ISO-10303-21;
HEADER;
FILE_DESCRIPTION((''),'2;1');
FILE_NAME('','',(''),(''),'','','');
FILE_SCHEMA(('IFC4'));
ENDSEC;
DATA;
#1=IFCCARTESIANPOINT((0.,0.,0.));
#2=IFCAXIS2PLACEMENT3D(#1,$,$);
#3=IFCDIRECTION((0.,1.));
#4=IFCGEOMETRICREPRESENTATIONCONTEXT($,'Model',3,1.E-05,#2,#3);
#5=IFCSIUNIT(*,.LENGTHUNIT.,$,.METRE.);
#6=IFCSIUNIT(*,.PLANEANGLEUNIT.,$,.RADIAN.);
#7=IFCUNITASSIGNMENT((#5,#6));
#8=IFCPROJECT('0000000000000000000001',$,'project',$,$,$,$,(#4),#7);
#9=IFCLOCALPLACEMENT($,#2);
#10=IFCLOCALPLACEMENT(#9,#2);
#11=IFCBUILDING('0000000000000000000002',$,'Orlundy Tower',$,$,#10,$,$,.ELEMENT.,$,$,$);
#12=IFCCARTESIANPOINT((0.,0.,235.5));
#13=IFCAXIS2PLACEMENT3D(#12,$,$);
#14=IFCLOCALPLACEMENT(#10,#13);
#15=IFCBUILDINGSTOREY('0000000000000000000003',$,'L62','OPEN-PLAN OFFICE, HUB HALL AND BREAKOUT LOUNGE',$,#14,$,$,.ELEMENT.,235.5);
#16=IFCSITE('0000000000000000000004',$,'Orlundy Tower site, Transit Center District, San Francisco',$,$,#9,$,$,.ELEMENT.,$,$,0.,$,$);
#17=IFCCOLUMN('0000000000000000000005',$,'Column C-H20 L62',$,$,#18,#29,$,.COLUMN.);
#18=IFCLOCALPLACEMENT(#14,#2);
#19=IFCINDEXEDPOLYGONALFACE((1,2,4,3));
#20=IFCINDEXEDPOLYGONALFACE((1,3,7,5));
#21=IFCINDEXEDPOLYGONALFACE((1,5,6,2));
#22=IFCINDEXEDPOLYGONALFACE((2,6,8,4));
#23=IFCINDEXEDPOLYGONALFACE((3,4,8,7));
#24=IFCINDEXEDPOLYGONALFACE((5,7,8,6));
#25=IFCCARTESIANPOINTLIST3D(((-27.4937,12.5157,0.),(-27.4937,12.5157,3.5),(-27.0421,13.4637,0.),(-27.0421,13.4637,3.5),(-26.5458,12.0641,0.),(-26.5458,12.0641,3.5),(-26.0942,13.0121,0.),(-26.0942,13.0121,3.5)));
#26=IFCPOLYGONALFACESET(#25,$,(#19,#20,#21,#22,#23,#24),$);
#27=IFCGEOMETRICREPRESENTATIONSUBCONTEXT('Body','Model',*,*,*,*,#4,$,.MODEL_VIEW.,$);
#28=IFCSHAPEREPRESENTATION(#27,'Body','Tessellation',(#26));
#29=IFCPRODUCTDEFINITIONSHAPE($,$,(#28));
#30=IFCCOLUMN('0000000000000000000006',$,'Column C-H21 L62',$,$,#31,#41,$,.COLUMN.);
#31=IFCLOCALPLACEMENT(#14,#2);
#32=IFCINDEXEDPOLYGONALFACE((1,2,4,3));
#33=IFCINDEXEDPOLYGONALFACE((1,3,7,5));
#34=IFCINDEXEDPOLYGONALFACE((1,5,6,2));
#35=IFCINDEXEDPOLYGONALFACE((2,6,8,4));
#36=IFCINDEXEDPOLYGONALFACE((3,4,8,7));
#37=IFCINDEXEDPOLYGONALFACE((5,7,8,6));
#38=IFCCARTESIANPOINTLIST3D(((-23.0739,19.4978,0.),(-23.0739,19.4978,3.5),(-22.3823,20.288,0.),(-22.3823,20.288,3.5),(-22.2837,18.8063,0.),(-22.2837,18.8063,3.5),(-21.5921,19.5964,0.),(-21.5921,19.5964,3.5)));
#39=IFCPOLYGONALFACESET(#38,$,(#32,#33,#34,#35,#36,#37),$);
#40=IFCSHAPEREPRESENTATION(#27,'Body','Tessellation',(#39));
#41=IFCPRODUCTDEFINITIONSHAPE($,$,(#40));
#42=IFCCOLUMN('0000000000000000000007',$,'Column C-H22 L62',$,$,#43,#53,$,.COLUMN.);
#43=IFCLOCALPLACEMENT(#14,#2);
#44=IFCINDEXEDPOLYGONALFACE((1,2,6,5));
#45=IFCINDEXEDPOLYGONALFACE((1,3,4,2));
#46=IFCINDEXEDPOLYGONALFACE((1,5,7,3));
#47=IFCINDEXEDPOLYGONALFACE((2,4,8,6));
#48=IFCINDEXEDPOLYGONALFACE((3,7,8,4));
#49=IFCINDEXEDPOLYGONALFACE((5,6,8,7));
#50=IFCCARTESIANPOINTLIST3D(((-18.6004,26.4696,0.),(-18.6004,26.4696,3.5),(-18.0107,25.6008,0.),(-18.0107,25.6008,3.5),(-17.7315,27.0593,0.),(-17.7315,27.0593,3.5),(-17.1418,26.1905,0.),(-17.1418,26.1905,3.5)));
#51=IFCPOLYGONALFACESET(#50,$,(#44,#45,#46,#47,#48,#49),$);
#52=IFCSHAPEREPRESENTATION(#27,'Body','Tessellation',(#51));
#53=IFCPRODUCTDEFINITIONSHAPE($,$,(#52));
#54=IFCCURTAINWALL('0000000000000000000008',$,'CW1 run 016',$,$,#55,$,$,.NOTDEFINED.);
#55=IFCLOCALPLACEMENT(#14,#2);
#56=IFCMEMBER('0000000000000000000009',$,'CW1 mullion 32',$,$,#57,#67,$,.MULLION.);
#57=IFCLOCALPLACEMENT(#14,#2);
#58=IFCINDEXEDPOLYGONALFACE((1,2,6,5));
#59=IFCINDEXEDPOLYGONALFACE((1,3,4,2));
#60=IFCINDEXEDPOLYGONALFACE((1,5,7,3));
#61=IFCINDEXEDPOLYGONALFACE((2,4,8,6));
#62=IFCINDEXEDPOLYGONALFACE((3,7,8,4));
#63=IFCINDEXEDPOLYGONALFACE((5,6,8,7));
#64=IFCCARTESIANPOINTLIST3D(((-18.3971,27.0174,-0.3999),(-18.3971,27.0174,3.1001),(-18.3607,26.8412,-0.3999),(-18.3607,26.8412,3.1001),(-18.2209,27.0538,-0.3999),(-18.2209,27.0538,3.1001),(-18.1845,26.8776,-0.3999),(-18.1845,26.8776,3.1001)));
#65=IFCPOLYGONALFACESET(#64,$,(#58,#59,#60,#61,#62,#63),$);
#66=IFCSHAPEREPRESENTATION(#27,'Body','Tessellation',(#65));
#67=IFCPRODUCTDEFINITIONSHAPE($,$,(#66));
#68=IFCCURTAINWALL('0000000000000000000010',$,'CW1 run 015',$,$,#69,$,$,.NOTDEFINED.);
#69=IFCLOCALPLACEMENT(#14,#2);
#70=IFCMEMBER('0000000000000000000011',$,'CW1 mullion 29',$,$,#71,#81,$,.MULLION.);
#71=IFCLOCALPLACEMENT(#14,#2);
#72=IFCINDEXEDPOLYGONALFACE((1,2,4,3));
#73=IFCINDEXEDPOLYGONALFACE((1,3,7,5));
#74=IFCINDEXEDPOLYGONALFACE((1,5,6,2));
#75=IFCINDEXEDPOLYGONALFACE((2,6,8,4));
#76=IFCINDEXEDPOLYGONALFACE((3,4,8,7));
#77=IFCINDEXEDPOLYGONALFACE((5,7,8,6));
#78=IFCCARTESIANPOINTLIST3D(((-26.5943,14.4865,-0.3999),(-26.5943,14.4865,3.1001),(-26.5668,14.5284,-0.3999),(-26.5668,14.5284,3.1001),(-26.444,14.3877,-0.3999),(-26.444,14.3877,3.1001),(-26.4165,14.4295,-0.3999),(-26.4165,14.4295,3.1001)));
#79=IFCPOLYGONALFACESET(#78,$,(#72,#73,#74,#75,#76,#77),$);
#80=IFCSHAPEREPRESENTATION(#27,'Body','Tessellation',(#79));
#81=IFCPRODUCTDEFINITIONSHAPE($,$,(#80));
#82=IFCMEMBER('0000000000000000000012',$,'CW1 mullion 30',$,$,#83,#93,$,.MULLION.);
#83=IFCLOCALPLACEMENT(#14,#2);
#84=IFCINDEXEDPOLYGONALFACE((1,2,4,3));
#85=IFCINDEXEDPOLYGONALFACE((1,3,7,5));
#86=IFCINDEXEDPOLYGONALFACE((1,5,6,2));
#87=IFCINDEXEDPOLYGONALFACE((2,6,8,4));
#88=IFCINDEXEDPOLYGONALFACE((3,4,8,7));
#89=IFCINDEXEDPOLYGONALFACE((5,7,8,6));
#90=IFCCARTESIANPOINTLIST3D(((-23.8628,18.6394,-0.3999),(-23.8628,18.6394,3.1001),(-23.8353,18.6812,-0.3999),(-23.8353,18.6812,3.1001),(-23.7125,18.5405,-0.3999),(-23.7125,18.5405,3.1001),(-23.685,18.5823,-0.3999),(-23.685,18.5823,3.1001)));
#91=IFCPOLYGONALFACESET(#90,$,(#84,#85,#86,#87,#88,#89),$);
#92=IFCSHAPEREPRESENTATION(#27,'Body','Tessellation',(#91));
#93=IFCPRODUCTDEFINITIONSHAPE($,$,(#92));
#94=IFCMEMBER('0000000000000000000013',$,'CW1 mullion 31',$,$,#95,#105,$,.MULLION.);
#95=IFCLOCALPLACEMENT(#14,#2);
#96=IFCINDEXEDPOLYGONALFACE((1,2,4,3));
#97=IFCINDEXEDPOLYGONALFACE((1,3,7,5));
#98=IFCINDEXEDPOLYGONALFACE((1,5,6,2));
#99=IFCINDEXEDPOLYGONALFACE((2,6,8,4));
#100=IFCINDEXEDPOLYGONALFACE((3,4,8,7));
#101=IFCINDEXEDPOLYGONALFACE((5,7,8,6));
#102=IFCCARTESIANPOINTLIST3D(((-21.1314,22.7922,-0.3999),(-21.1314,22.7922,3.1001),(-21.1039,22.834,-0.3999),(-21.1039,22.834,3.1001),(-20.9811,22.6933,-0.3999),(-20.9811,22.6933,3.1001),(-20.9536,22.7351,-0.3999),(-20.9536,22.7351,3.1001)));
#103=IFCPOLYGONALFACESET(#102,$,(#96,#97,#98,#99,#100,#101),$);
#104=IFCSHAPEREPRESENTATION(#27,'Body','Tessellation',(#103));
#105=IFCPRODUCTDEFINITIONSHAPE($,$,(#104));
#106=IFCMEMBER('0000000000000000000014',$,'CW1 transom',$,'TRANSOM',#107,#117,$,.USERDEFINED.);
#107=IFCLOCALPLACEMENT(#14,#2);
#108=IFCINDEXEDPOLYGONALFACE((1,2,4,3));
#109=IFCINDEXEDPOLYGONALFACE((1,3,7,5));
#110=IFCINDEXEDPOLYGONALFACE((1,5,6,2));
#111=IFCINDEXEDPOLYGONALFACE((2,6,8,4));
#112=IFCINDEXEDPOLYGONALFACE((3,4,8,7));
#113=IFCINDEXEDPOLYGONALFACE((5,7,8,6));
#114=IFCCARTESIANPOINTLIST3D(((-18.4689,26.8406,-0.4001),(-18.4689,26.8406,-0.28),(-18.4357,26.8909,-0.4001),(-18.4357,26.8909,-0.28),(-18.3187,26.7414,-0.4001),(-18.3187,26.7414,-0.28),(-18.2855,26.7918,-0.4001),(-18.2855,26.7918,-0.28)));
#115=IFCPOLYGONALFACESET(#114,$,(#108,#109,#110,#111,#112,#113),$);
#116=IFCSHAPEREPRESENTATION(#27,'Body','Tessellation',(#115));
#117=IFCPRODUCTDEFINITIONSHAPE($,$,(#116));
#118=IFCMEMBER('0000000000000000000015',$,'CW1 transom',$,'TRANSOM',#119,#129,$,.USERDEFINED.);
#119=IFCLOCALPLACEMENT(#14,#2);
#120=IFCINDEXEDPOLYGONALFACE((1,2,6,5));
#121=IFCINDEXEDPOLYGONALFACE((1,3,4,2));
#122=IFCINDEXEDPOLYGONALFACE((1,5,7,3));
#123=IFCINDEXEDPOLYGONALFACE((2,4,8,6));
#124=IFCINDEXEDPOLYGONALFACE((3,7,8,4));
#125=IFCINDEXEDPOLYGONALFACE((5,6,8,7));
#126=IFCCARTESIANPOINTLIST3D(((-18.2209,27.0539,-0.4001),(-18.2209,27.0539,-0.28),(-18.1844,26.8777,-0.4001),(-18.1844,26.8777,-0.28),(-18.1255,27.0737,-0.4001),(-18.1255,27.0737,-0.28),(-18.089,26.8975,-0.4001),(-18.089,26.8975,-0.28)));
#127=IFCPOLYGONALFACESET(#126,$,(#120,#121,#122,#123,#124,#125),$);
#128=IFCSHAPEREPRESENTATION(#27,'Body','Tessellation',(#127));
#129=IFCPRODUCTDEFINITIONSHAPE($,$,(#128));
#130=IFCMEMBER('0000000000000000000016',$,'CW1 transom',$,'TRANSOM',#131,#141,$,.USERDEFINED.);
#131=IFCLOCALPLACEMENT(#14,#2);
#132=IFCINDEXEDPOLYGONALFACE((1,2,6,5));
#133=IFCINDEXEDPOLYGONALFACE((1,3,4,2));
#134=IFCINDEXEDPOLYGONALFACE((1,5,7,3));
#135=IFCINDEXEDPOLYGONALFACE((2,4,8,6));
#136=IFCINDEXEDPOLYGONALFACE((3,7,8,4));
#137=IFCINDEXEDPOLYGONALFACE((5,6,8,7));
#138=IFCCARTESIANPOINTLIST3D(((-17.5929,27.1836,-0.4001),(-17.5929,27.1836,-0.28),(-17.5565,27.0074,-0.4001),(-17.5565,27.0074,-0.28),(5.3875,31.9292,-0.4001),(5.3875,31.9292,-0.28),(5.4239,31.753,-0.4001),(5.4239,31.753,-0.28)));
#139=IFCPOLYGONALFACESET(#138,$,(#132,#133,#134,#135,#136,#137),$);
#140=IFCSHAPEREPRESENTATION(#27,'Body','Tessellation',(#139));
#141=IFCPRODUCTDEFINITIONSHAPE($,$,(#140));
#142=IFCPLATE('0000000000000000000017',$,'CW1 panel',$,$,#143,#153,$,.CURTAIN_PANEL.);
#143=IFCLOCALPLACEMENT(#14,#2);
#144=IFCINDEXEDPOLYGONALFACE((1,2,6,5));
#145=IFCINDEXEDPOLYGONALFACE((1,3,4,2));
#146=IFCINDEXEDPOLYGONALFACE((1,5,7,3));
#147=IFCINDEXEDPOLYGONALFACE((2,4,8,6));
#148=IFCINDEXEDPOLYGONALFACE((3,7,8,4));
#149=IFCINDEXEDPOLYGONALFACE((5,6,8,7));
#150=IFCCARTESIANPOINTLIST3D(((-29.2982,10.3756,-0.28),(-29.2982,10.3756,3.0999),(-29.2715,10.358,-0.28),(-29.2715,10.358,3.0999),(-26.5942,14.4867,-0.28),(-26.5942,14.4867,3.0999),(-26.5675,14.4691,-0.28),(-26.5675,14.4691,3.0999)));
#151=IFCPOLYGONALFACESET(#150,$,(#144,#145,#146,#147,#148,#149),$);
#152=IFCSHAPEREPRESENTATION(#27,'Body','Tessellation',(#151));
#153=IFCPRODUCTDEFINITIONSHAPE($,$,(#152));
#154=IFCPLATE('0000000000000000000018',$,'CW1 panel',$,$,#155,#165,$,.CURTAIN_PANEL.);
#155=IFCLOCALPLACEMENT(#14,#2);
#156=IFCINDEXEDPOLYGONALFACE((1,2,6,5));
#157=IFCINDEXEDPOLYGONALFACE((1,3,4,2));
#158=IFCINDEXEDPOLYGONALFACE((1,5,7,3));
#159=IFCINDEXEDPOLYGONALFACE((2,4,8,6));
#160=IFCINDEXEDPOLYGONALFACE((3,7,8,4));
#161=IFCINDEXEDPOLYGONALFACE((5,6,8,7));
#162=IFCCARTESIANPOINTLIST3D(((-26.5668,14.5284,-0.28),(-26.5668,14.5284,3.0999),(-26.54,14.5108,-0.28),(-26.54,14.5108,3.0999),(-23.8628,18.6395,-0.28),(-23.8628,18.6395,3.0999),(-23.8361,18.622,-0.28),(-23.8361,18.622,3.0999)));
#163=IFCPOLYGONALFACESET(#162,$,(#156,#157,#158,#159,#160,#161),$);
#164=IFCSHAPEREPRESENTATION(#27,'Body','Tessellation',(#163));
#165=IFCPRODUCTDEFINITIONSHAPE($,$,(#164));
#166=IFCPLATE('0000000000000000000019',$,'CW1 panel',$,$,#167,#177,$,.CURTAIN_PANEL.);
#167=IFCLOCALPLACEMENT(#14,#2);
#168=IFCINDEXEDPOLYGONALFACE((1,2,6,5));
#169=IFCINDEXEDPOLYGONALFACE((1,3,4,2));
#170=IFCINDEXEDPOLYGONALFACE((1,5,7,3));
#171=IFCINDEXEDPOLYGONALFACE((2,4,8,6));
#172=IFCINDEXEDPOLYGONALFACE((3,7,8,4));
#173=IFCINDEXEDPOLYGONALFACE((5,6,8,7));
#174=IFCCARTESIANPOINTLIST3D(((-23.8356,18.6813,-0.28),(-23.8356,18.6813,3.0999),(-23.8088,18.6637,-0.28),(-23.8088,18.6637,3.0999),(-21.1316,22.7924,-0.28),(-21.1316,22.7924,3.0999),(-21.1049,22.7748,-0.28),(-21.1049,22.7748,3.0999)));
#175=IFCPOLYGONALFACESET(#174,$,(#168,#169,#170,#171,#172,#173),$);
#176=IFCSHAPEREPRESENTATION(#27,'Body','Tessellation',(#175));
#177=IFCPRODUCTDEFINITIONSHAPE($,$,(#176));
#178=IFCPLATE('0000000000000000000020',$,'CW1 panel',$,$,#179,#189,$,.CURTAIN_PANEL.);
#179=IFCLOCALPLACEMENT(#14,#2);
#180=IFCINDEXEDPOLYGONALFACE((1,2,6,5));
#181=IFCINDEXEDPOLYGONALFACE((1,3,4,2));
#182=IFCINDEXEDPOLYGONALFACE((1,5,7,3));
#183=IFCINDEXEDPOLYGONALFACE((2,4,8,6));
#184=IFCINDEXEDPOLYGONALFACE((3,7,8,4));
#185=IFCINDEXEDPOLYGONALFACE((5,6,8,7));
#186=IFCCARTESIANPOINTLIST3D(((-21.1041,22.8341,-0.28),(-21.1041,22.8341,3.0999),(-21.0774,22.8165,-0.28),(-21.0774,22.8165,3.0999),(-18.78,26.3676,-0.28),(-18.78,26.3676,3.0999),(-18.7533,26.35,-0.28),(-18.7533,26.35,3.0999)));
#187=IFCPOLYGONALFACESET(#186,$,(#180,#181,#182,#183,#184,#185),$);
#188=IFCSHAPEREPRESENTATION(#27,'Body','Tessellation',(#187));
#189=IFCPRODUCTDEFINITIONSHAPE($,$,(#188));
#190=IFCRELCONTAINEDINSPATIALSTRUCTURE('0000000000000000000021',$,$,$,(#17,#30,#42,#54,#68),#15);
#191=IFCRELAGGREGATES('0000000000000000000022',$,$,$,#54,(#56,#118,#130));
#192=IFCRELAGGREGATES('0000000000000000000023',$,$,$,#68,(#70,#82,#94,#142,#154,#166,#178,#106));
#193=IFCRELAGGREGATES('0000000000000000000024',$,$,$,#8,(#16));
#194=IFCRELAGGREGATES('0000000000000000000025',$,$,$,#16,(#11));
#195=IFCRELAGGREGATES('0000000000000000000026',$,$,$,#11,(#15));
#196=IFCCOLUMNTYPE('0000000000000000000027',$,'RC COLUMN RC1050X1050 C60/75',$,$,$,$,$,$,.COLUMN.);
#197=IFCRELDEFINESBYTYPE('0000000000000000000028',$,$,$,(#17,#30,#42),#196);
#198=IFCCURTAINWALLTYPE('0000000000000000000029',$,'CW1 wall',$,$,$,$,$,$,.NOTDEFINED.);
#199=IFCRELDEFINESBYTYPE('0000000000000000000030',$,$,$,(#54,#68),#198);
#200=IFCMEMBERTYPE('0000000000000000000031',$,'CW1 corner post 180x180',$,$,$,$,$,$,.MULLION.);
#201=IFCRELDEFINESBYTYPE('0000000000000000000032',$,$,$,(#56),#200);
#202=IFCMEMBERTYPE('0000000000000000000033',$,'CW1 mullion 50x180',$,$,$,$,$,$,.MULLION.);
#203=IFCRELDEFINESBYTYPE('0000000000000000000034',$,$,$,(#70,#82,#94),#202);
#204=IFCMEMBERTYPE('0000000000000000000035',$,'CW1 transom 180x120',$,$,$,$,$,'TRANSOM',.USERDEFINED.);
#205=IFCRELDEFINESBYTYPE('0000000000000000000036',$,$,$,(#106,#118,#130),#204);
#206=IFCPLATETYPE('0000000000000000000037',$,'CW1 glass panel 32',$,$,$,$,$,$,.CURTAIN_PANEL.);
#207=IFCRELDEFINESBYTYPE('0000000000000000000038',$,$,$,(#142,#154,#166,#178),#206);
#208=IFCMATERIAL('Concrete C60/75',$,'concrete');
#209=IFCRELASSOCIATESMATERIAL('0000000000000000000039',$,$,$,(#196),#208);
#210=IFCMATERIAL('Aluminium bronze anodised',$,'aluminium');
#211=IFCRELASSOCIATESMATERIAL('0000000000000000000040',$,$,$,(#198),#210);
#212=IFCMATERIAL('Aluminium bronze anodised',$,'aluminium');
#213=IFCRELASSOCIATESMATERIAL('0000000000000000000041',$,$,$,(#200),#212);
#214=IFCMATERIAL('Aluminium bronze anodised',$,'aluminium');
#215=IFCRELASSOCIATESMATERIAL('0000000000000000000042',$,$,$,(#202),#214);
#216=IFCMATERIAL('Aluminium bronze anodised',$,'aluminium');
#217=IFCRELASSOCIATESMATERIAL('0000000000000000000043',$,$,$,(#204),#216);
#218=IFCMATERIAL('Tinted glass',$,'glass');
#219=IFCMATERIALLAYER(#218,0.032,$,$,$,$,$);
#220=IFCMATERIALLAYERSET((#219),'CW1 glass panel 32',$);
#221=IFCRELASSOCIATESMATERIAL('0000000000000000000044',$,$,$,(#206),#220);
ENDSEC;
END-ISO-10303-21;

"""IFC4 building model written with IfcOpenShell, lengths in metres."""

from ifc_helpers import new_model, si_unit, direction, frame, origin, origin_2d, place, context, subcontext, project, spatial, rectangle, extrude, material, layer, layer_set, material_profile, profile_set, type_object, element, aggregate, save


model = new_model("IFC4")

# Units and contexts
model_context = context("Model", 3, precision=1e-05, world=origin(), true_north=direction((0.0, 1.0)))
body_context = subcontext(model_context, "Body", "Model", "MODEL_VIEW")
ifc_project = project(units=[si_unit("LENGTHUNIT", "METRE"), si_unit("PLANEANGLEUNIT", "RADIAN")], contexts=[model_context])

# Site, building, storey
site_placement = place(None, origin())
site = spatial("IfcSite", under=ifc_project, at=site_placement, Name="Orlundy Tower site, Transit Center District, San Francisco", CompositionType="ELEMENT", RefElevation=0.0)
building_placement = place(site_placement, origin())
building = spatial("IfcBuilding", under=site, at=building_placement, Name="Orlundy Tower", CompositionType="ELEMENT")
storey_placement = place(building_placement, frame((0.0, 0.0, 235.5)))
storey = spatial("IfcBuildingStorey", under=building, at=storey_placement, Name="L62", Description="OPEN-PLAN OFFICE, HUB HALL AND BREAKOUT LOUNGE", CompositionType="ELEMENT", Elevation=235.5)

# Columns
ifc_material_1 = material(Name="Concrete C60/75", Category="concrete")
ifc_material_profile_1 = material_profile(ifc_material_1, rectangle(XDim=1.05, YDim=1.05, at=origin_2d()), Name="RC1050X1050")
ifc_profile_set_1 = profile_set([ifc_material_profile_1], Name="Concrete C60/75")
column_type = type_object("IfcColumnType", Name="RC COLUMN RC1050X1050 C60/75", PredefinedType="COLUMN", material=ifc_profile_set_1)
for number, where, z_axis, x_axis, name in (
    (1, (-26.7939, 12.7639, 0.0), (0.0, 0.0, 1.0), (-0.902796, 0.43007, 0.0), "Column C-H20 L62"),
    (2, (-22.333, 19.5471, 0.0), (0.0, 0.0, 1.0), (-0.752484, 0.658611, 0.0), "Column C-H21 L62"),
    (3, (-17.8711, 26.3301, 0.0), (0.0, 0.0, 1.0), (-0.561592, 0.827414, 0.0), "Column C-H22 L62"),
):
    element("IfcColumn", number, at=place(storey_placement, frame(where, z_axis=z_axis, x_axis=x_axis)), inside=storey, type_object=column_type, Name=name, PredefinedType="COLUMN", context=body_context, shape_type="SweptSolid", body=[
        extrude(rectangle(XDim=1.05, YDim=1.05, at=origin_2d()), origin(), (0.0, 0.0, 1.0), 3.5),
    ])

# Curtain wall, member
ifc_material_2 = material(Name="Aluminium bronze anodised", Category="aluminium")
curtain_wall_type = type_object("IfcCurtainWallType", Name="CW1 wall", PredefinedType="NOTDEFINED", material=ifc_material_2)
curtain_wall_1_placement = place(storey_placement, origin())
curtain_wall_1 = element("IfcCurtainWall", 4, at=curtain_wall_1_placement, inside=storey, type_object=curtain_wall_type, Name="CW1 run 016", PredefinedType="NOTDEFINED")
ifc_material_3 = material(Name="Aluminium bronze anodised", Category="aluminium")
ifc_material_profile_2 = material_profile(ifc_material_3, rectangle(XDim=0.1799, YDim=0.1799, at=origin_2d()), Name="CW1 corner post 180x180")
ifc_profile_set_2 = profile_set([ifc_material_profile_2], Name="Aluminium bronze anodised")
member_type_1 = type_object("IfcMemberType", Name="CW1 corner post 180x180", PredefinedType="MULLION", material=ifc_profile_set_2)
member_1_placement = place(storey_placement, frame((-18.2908, 26.9475, -0.3999), z_axis=(0.0, 0.0, 1.0), x_axis=(-0.202233, 0.979337, 0.0)))
member_1 = element("IfcMember", 5, at=member_1_placement, type_object=member_type_1, Name="CW1 mullion 32", PredefinedType="MULLION", context=body_context, shape_type="SweptSolid", body=[
    extrude(rectangle(XDim=0.1799, YDim=0.1799, at=origin_2d()), origin(), (0.0, 0.0, 1.0), 3.5),
])

# Curtain wall, members
curtain_wall_2_placement = place(storey_placement, origin())
curtain_wall_2 = element("IfcCurtainWall", 6, at=curtain_wall_2_placement, inside=storey, type_object=curtain_wall_type, Name="CW1 run 015", PredefinedType="NOTDEFINED")
ifc_material_4 = material(Name="Aluminium bronze anodised", Category="aluminium")
ifc_material_profile_3 = material_profile(ifc_material_4, rectangle(XDim=0.1799, YDim=0.05, at=origin_2d()), Name="CW1 mullion 50x180")
ifc_profile_set_3 = profile_set([ifc_material_profile_3], Name="Aluminium bronze anodised")
member_type_2 = type_object("IfcMemberType", Name="CW1 mullion 50x180", PredefinedType="MULLION", material=ifc_profile_set_3)
member_2_placement = place(storey_placement, frame((-26.5054, 14.458, -0.3999), z_axis=(0.0, 0.0, 1.0), x_axis=(-0.835482, 0.549517, 0.0)))
member_2 = element("IfcMember", 7, at=member_2_placement, type_object=member_type_2, Name="CW1 mullion 29", PredefinedType="MULLION", context=body_context, shape_type="SweptSolid", body=[
    extrude(rectangle(XDim=0.1799, YDim=0.05, at=origin_2d()), origin(), (0.0, 0.0, 1.0), 3.5),
])
member_3_placement = place(storey_placement, frame((-23.7739, 18.6108, -0.3999), z_axis=(0.0, 0.0, 1.0), x_axis=(-0.835482, 0.549517, 0.0)))
member_3 = element("IfcMember", 8, at=member_3_placement, type_object=member_type_2, Name="CW1 mullion 30", PredefinedType="MULLION", context=body_context, shape_type="SweptSolid", body=[
    extrude(rectangle(XDim=0.1799, YDim=0.05, at=origin_2d()), origin(), (0.0, 0.0, 1.0), 3.5),
])
member_4_placement = place(storey_placement, frame((-21.0425, 22.7637, -0.3999), z_axis=(0.0, 0.0, 1.0), x_axis=(-0.835482, 0.549517, 0.0)))
member_4 = element("IfcMember", 9, at=member_4_placement, type_object=member_type_2, Name="CW1 mullion 31", PredefinedType="MULLION", context=body_context, shape_type="SweptSolid", body=[
    extrude(rectangle(XDim=0.1799, YDim=0.05, at=origin_2d()), origin(), (0.0, 0.0, 1.0), 3.5),
])
ifc_material_5 = material(Name="Aluminium bronze anodised", Category="aluminium")
ifc_material_profile_4 = material_profile(ifc_material_5, rectangle(XDim=0.1799, YDim=0.1201, at=origin_2d()), Name="CW1 transom 180x120")
ifc_profile_set_4 = profile_set([ifc_material_profile_4], Name="Aluminium bronze anodised")
member_type_3 = type_object("IfcMemberType", Name="CW1 transom 180x120", ElementType="TRANSOM", PredefinedType="USERDEFINED", material=ifc_profile_set_4)
member_5_placement = place(storey_placement, frame((-18.3938, 26.791, -0.3401), z_axis=(0.550955, 0.834535, 0.0), x_axis=(-0.834535, 0.550955, 0.0)))
member_5 = element("IfcMember", 10, at=member_5_placement, type_object=member_type_3, Name="CW1 transom", ObjectType="TRANSOM", PredefinedType="USERDEFINED", context=body_context, shape_type="SweptSolid", body=[
    extrude(rectangle(XDim=0.1799, YDim=0.1201, at=origin_2d()), origin(), (0.0, 0.0, 1.0), 0.0603),
])

# Members
member_6_placement = place(storey_placement, frame((-18.2026, 26.9658, -0.3401), z_axis=(0.979209, 0.202854, 0.0), x_axis=(-0.202854, 0.979209, 0.0)))
member_6 = element("IfcMember", 11, at=member_6_placement, type_object=member_type_3, Name="CW1 transom", ObjectType="TRANSOM", PredefinedType="USERDEFINED", context=body_context, shape_type="SweptSolid", body=[
    extrude(rectangle(XDim=0.1799, YDim=0.1201, at=origin_2d()), origin(), (0.0, 0.0, 1.0), 0.0974),
])
member_7_placement = place(storey_placement, frame((-17.5747, 27.0955, -0.3401), z_axis=(0.979336, 0.202239, 0.0), x_axis=(-0.202239, 0.979336, 0.0)))
member_7 = element("IfcMember", 12, at=member_7_placement, type_object=member_type_3, Name="CW1 transom", ObjectType="TRANSOM", PredefinedType="USERDEFINED", context=body_context, shape_type="SweptSolid", body=[
    extrude(rectangle(XDim=0.1799, YDim=0.1201, at=origin_2d()), origin(), (0.0, 0.0, 1.0), 23.4653),
])
aggregate(curtain_wall_1, [member_1, member_6, member_7])

# Plates
ifc_material_6 = material(Name="Tinted glass", Category="glass")
ifc_layer_1 = layer(ifc_material_6, 0.032)
ifc_layer_set_1 = layer_set([ifc_layer_1], Name="CW1 glass panel 32")
plate_type = type_object("IfcPlateType", Name="CW1 glass panel 32", PredefinedType="CURTAIN_PANEL", material=ifc_layer_set_1)
plate_1_placement = place(storey_placement, frame((-27.9329, 12.4224, -0.28), z_axis=(0.0, 0.0, 1.0), x_axis=(0.549517, 0.835482, 0.0)))
plate_1 = element("IfcPlate", 13, at=plate_1_placement, type_object=plate_type, Name="CW1 panel", PredefinedType="CURTAIN_PANEL", context=body_context, shape_type="SweptSolid", body=[
    extrude(rectangle(XDim=4.9207, YDim=0.032, at=origin_2d()), origin(), (0.0, 0.0, 1.0), 3.3799),
])
plate_2_placement = place(storey_placement, frame((-25.2014, 16.5752, -0.28), z_axis=(0.0, 0.0, 1.0), x_axis=(0.549517, 0.835482, 0.0)))
plate_2 = element("IfcPlate", 14, at=plate_2_placement, type_object=plate_type, Name="CW1 panel", PredefinedType="CURTAIN_PANEL", context=body_context, shape_type="SweptSolid", body=[
    extrude(rectangle(XDim=4.9207, YDim=0.032, at=origin_2d()), origin(), (0.0, 0.0, 1.0), 3.3799),
])
plate_3_placement = place(storey_placement, frame((-22.4702, 20.728, -0.28), z_axis=(0.0, 0.0, 1.0), x_axis=(0.549517, 0.835482, 0.0)))
plate_3 = element("IfcPlate", 15, at=plate_3_placement, type_object=plate_type, Name="CW1 panel", PredefinedType="CURTAIN_PANEL", context=body_context, shape_type="SweptSolid", body=[
    extrude(rectangle(XDim=4.9207, YDim=0.032, at=origin_2d()), origin(), (0.0, 0.0, 1.0), 3.3799),
])
plate_4_placement = place(storey_placement, frame((-19.9287, 24.592, -0.28), z_axis=(0.0, 0.0, 1.0), x_axis=(0.549517, 0.835482, 0.0)))
plate_4 = element("IfcPlate", 16, at=plate_4_placement, type_object=plate_type, Name="CW1 panel", PredefinedType="CURTAIN_PANEL", context=body_context, shape_type="SweptSolid", body=[
    extrude(rectangle(XDim=4.2292, YDim=0.032, at=origin_2d()), origin(), (0.0, 0.0, 1.0), 3.3799),
])
aggregate(curtain_wall_2, [member_2, member_3, member_4, plate_1, plate_2, plate_3, plate_4, member_5])

save(model, "model.ifc")
